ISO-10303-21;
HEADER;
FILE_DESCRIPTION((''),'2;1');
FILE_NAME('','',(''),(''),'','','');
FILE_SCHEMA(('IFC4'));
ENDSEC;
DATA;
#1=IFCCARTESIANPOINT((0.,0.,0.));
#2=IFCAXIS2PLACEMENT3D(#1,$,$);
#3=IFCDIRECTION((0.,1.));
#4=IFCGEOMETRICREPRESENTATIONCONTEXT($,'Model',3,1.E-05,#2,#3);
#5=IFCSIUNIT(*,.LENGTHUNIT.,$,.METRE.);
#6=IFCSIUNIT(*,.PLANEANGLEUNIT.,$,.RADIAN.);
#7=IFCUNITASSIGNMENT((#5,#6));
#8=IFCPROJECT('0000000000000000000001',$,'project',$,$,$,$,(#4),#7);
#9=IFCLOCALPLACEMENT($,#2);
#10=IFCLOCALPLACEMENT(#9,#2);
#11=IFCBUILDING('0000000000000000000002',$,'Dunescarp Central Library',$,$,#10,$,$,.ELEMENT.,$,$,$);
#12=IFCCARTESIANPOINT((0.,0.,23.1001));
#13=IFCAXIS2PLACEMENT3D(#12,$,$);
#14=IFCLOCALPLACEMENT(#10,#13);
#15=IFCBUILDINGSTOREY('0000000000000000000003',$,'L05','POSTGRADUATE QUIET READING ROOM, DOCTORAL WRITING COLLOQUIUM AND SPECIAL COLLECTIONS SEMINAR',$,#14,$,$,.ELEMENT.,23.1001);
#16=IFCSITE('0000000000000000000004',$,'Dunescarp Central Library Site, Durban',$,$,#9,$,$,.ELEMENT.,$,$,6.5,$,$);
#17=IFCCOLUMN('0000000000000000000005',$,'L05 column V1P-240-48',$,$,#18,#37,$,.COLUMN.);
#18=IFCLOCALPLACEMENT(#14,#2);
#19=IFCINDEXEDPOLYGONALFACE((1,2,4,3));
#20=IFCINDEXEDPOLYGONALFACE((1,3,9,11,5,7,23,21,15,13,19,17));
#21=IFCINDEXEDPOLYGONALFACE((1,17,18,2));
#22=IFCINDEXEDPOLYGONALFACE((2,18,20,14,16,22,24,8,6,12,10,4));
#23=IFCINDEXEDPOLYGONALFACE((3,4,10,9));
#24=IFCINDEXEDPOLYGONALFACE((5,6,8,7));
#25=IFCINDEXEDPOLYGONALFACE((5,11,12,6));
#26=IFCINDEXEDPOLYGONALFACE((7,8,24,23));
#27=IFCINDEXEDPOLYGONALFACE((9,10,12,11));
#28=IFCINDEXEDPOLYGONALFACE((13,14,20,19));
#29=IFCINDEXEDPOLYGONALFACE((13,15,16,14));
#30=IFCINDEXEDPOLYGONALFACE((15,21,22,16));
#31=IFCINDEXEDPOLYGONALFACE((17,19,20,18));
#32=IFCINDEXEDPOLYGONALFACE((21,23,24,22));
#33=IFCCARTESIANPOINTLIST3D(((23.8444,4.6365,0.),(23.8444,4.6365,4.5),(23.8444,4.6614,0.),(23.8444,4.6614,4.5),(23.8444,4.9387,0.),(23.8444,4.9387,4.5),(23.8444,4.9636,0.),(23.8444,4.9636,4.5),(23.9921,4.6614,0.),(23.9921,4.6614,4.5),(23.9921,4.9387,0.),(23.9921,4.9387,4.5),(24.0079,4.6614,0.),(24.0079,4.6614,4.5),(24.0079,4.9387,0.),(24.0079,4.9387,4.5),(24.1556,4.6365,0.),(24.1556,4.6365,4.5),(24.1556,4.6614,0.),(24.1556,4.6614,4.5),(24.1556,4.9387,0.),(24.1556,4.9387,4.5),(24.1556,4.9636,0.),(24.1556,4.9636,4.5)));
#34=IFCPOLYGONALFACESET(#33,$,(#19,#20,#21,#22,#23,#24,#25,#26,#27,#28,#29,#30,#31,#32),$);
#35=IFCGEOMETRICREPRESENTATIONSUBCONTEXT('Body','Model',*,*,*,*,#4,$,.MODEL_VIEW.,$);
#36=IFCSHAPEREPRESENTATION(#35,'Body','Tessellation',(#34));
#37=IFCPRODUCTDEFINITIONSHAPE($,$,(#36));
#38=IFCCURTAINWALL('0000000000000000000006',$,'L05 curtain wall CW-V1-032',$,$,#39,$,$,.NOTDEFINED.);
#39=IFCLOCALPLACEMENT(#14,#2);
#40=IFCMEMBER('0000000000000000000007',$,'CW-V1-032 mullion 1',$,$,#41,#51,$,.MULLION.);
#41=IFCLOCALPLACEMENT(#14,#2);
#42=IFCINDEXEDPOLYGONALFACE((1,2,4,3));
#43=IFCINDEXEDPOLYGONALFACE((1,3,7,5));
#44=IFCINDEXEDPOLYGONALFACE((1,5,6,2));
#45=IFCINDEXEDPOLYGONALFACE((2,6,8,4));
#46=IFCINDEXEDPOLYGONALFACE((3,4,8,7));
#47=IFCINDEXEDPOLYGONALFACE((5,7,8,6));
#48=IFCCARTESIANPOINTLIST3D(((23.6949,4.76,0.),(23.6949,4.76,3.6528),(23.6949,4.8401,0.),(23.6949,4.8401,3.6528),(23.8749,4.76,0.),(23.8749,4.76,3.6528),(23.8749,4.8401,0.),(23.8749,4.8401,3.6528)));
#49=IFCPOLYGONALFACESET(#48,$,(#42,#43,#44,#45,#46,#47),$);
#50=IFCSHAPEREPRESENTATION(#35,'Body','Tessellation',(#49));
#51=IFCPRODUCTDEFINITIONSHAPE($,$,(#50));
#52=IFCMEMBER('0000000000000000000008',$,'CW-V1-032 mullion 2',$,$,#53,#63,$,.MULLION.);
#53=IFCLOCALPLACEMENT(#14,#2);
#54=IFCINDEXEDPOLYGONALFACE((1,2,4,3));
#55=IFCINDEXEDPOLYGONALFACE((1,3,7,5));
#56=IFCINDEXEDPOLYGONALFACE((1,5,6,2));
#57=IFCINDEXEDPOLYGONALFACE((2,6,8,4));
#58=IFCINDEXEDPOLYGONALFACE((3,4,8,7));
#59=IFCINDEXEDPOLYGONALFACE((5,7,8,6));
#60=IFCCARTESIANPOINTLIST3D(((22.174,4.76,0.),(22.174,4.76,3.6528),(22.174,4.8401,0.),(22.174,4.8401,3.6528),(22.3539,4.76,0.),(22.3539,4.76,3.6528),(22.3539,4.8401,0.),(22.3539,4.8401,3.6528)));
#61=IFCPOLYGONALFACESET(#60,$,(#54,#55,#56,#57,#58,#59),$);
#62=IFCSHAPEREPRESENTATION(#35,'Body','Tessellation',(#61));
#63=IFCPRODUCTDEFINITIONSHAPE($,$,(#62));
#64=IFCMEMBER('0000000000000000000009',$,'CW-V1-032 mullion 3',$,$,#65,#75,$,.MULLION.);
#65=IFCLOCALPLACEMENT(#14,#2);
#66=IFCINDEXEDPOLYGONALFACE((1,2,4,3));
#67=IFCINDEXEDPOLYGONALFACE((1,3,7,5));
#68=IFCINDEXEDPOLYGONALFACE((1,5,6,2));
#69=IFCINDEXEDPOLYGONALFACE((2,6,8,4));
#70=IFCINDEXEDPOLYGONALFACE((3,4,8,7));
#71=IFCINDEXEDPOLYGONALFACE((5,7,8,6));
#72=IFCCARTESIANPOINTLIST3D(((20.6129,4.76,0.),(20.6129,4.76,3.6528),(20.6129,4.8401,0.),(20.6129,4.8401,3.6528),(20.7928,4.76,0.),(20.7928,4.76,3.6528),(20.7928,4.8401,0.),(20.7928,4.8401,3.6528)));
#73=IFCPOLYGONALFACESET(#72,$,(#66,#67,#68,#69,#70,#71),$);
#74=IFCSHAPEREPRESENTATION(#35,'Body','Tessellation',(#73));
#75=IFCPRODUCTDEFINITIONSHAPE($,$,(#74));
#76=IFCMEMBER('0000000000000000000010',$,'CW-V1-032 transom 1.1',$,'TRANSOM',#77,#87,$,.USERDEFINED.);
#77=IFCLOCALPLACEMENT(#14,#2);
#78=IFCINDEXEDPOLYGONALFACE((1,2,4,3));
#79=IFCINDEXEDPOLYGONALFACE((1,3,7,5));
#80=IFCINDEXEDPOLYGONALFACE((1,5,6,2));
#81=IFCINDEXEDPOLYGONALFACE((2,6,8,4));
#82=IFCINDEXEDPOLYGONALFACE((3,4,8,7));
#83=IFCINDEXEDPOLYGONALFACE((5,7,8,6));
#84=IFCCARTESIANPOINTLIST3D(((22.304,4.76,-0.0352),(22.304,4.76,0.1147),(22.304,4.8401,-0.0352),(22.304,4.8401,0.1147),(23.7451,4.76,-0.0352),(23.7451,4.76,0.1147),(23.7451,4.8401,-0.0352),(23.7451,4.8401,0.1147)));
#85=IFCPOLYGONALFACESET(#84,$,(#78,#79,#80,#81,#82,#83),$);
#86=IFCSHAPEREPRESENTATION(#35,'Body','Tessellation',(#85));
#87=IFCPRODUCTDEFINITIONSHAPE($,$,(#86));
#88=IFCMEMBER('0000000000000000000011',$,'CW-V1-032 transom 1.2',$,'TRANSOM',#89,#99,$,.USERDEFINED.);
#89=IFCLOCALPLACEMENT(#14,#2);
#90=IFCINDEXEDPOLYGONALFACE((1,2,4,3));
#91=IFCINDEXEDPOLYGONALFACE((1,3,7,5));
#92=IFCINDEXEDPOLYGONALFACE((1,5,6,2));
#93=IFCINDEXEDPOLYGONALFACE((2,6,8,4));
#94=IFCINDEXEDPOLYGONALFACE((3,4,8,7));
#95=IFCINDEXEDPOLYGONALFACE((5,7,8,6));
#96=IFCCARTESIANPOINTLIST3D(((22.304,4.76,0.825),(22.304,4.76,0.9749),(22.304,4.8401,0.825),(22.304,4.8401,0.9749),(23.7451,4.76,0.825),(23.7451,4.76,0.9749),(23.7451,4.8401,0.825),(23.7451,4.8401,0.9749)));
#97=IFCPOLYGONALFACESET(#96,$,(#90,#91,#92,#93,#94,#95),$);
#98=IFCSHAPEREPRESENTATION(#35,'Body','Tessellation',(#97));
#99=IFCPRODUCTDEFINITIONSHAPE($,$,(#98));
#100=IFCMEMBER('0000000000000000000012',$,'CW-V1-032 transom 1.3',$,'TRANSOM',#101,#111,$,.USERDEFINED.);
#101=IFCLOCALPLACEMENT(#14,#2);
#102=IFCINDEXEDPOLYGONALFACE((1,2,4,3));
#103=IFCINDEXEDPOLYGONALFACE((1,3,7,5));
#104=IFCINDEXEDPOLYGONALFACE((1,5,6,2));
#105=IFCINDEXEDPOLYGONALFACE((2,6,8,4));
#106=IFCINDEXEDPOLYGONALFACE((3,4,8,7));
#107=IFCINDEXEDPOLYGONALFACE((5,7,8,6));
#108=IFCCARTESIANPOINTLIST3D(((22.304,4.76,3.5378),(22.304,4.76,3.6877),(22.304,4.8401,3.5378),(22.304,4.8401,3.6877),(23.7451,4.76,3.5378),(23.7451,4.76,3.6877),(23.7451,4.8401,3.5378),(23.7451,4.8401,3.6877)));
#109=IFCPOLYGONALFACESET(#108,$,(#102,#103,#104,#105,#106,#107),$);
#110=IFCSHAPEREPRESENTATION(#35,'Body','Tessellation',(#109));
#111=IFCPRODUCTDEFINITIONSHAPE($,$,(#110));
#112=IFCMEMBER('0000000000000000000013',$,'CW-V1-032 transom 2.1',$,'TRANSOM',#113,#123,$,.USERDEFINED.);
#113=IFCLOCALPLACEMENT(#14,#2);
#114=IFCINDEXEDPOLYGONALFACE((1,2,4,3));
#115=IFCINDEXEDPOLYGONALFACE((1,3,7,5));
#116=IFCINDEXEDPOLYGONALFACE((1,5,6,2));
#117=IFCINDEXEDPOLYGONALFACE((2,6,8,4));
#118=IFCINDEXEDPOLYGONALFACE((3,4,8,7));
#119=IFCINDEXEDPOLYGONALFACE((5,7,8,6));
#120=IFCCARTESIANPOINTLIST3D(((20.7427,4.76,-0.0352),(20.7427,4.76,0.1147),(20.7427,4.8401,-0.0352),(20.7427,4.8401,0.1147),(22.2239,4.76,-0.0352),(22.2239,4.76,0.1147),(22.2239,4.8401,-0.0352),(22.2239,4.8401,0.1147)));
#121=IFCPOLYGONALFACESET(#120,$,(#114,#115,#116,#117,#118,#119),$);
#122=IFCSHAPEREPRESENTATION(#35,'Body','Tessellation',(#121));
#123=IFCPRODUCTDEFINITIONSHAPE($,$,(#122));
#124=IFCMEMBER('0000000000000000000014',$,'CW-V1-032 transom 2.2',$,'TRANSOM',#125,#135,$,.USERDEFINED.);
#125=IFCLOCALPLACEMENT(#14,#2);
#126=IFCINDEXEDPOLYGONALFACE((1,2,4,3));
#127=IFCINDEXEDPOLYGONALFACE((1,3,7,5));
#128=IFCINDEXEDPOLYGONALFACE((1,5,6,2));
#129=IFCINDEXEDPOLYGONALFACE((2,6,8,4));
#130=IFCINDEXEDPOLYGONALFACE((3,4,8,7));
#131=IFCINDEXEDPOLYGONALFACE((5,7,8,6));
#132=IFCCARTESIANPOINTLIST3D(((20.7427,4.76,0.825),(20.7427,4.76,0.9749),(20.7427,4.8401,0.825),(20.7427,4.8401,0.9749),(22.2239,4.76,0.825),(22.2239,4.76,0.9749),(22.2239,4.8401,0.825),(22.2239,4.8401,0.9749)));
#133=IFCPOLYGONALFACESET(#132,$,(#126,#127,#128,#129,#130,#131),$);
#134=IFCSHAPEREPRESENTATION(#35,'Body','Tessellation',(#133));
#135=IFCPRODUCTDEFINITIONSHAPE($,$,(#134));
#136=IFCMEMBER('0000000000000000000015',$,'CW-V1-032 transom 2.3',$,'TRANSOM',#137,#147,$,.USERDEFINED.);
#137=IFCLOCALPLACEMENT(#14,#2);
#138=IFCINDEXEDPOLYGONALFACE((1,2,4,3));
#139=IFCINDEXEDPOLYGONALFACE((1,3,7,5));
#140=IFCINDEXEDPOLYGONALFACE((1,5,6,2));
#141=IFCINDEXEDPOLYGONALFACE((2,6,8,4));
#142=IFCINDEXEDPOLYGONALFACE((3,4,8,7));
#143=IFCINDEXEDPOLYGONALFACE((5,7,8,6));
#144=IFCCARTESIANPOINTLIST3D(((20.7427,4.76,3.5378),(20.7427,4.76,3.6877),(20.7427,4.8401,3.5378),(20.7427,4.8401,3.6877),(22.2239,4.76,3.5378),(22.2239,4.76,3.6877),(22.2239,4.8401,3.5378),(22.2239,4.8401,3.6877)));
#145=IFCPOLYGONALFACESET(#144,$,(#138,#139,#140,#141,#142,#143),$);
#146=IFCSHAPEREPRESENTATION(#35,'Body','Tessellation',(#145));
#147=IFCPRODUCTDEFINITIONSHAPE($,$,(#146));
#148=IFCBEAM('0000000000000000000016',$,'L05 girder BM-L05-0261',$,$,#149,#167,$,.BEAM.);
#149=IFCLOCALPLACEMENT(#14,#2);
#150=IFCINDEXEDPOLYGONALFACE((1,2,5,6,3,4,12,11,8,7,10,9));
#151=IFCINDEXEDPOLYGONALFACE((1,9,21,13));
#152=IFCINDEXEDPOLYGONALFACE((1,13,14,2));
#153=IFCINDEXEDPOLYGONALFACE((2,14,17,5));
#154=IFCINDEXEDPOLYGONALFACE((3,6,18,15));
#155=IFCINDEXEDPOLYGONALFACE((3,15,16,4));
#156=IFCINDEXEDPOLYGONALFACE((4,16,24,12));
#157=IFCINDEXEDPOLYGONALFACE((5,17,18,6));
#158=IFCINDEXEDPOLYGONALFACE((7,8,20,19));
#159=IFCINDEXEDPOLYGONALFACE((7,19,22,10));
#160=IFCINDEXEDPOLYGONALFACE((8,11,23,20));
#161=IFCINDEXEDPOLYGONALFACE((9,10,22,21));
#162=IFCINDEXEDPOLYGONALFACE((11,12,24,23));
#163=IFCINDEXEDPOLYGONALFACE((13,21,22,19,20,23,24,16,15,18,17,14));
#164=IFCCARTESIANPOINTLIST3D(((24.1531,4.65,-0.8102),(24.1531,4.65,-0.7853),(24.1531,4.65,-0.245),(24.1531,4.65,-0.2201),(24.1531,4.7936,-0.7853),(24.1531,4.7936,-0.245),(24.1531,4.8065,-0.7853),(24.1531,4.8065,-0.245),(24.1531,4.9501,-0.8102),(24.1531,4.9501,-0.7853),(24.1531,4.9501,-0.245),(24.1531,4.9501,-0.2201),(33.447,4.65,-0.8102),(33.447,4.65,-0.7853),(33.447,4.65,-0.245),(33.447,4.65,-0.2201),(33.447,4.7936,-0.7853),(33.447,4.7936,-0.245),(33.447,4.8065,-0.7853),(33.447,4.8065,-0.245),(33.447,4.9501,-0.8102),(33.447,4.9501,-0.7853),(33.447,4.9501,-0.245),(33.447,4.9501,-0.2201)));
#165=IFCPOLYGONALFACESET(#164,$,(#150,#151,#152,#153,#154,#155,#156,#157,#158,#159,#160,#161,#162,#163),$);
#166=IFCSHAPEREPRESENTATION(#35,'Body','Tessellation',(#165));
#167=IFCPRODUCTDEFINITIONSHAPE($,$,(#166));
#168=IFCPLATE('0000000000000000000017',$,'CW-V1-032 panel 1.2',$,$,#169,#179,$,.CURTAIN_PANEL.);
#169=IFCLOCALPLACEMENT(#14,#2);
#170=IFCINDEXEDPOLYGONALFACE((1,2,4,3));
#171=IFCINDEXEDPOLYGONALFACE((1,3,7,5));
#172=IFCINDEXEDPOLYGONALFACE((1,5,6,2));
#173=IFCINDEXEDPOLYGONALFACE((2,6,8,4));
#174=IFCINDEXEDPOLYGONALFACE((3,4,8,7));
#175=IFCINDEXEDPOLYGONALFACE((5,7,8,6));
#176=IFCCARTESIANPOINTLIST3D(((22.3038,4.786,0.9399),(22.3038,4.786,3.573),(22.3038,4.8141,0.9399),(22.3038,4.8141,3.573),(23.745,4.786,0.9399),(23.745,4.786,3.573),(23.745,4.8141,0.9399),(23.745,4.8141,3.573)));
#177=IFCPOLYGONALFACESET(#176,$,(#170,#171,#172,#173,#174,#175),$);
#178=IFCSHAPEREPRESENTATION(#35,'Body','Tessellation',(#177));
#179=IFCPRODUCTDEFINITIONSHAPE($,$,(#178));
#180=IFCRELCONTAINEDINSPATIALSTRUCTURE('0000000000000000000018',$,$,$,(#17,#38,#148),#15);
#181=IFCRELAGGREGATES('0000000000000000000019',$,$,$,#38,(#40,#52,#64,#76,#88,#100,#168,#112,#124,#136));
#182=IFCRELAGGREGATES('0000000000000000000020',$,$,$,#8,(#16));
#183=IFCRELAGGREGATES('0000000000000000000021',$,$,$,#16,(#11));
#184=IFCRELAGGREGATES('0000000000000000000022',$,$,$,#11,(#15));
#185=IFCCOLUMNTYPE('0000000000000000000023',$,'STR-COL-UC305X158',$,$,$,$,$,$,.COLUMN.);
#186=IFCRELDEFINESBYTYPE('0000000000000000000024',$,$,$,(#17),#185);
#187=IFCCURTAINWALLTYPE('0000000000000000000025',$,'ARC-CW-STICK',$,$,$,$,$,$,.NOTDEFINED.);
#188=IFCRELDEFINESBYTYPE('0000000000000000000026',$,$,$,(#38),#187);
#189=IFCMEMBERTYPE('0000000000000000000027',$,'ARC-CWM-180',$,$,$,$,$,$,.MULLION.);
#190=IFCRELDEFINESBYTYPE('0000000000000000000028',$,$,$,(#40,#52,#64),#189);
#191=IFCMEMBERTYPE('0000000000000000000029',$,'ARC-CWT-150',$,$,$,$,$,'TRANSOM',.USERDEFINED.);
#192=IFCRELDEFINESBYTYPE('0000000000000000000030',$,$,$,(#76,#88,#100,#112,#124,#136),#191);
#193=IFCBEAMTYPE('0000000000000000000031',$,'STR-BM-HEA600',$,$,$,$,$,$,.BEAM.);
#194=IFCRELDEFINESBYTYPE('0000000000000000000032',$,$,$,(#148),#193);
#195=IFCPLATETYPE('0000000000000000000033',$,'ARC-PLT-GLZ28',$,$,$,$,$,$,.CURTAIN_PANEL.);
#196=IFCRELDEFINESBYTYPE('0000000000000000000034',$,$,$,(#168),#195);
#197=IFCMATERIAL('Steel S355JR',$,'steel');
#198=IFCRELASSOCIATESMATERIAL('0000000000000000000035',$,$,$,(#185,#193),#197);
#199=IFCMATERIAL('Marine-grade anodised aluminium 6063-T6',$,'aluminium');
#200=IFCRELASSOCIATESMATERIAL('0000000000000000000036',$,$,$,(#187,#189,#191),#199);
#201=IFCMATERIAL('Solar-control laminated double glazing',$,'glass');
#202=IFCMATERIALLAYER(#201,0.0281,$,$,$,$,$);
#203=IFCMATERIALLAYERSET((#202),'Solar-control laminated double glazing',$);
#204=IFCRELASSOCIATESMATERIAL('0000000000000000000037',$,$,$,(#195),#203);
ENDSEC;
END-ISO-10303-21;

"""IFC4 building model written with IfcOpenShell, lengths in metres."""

from ifc_helpers import new_model, si_unit, direction, frame, origin, origin_2d, place, context, subcontext, project, spatial, rectangle, i_section, extrude, material, layer, layer_set, material_profile, profile_set, type_object, element, aggregate, save


model = new_model("IFC4")

# Units and contexts
model_context = context("Model", 3, precision=1e-05, world=origin(), true_north=direction((0.0, 1.0)))
body_context = subcontext(model_context, "Body", "Model", "MODEL_VIEW")
ifc_project = project(units=[si_unit("LENGTHUNIT", "METRE"), si_unit("PLANEANGLEUNIT", "RADIAN")], contexts=[model_context])

# Site, building, storey
site_placement = place(None, origin())
site = spatial("IfcSite", under=ifc_project, at=site_placement, Name="Dunescarp Central Library Site, Durban", CompositionType="ELEMENT", RefElevation=6.5)
building_placement = place(site_placement, origin())
building = spatial("IfcBuilding", under=site, at=building_placement, Name="Dunescarp Central Library", CompositionType="ELEMENT")
storey_placement = place(building_placement, frame((0.0, 0.0, 23.1001)))
storey = spatial("IfcBuildingStorey", under=building, at=storey_placement, Name="L05", Description="POSTGRADUATE QUIET READING ROOM, DOCTORAL WRITING COLLOQUIUM AND SPECIAL COLLECTIONS SEMINAR", CompositionType="ELEMENT", Elevation=23.1001)

# Column
ifc_material_1 = material(Name="Steel S355JR", Category="steel")
ifc_material_profile_1 = material_profile(ifc_material_1, i_section(OverallWidth=0.3113, OverallDepth=0.3271, WebThickness=0.0159, FlangeThickness=0.0249, at=origin_2d()), Name="UC 305x305x158")
ifc_profile_set_1 = profile_set([ifc_material_profile_1], Name="Steel S355JR")
column_type = type_object("IfcColumnType", Name="STR-COL-UC305X158", PredefinedType="COLUMN", material=ifc_profile_set_1)
column_placement = place(storey_placement, frame((24.0, 4.8, 0.0), z_axis=(0.0, 0.0, 1.0), x_axis=(1.0, 0.0, 0.0)))
element("IfcColumn", 1, at=column_placement, inside=storey, type_object=column_type, Name="L05 column V1P-240-48", PredefinedType="COLUMN", context=body_context, shape_type="SweptSolid", body=[
    extrude(i_section(OverallWidth=0.3113, OverallDepth=0.3271, WebThickness=0.0159, FlangeThickness=0.0249, at=origin_2d()), origin(), (0.0, 0.0, 1.0), 4.5),
])

# Curtain wall, members
ifc_material_2 = material(Name="Marine-grade anodised aluminium 6063-T6", Category="aluminium")
curtain_wall_type = type_object("IfcCurtainWallType", Name="ARC-CW-STICK", PredefinedType="NOTDEFINED", material=ifc_material_2)
curtain_wall_placement = place(storey_placement, origin())
curtain_wall = element("IfcCurtainWall", 2, at=curtain_wall_placement, inside=storey, type_object=curtain_wall_type, Name="L05 curtain wall CW-V1-032", PredefinedType="NOTDEFINED")
ifc_material_profile_2 = material_profile(ifc_material_2, rectangle(XDim=0.0801, YDim=0.1799, at=origin_2d()), Name="AL 80x180")
ifc_profile_set_2 = profile_set([ifc_material_profile_2], Name="Marine-grade anodised aluminium 6063-T6")
member_type_1 = type_object("IfcMemberType", Name="ARC-CWM-180", PredefinedType="MULLION", material=ifc_profile_set_2)
member_1_placement = place(storey_placement, frame((23.7849, 4.8, 0.0), z_axis=(0.0, 0.0, 1.0), x_axis=(0.0, -1.0, 0.0)))
member_1 = element("IfcMember", 3, at=member_1_placement, type_object=member_type_1, Name="CW-V1-032 mullion 1", PredefinedType="MULLION", context=body_context, shape_type="SweptSolid", body=[
    extrude(rectangle(XDim=0.0801, YDim=0.1799, at=origin_2d()), origin(), (0.0, 0.0, 1.0), 3.6528),
])
member_2_placement = place(storey_placement, frame((22.2639, 4.8, 0.0), z_axis=(0.0, 0.0, 1.0), x_axis=(0.0, -1.0, 0.0)))
member_2 = element("IfcMember", 4, at=member_2_placement, type_object=member_type_1, Name="CW-V1-032 mullion 2", PredefinedType="MULLION", context=body_context, shape_type="SweptSolid", body=[
    extrude(rectangle(XDim=0.0801, YDim=0.1799, at=origin_2d()), origin(), (0.0, 0.0, 1.0), 3.6528),
])
member_3_placement = place(storey_placement, frame((20.7029, 4.8, 0.0), z_axis=(0.0, 0.0, 1.0), x_axis=(0.0, -1.0, 0.0)))
member_3 = element("IfcMember", 5, at=member_3_placement, type_object=member_type_1, Name="CW-V1-032 mullion 3", PredefinedType="MULLION", context=body_context, shape_type="SweptSolid", body=[
    extrude(rectangle(XDim=0.0801, YDim=0.1799, at=origin_2d()), origin(), (0.0, 0.0, 1.0), 3.6528),
])
ifc_material_profile_3 = material_profile(ifc_material_2, rectangle(XDim=0.0801, YDim=0.1499, at=origin_2d()), Name="AL 80x150")
ifc_profile_set_3 = profile_set([ifc_material_profile_3], Name="Marine-grade anodised aluminium 6063-T6")
member_type_2 = type_object("IfcMemberType", Name="ARC-CWT-150", ElementType="TRANSOM", PredefinedType="USERDEFINED", material=ifc_profile_set_3)
member_4_placement = place(storey_placement, frame((23.7451, 4.8, 0.0398), z_axis=(-1.0, 0.0, 0.0), x_axis=(0.0, -1.0, 0.0)))
member_4 = element("IfcMember", 6, at=member_4_placement, type_object=member_type_2, Name="CW-V1-032 transom 1.1", ObjectType="TRANSOM", PredefinedType="USERDEFINED", context=body_context, shape_type="SweptSolid", body=[
    extrude(rectangle(XDim=0.0801, YDim=0.1499, at=origin_2d()), origin(), (0.0, 0.0, 1.0), 1.4412),
])
member_5_placement = place(storey_placement, frame((23.7451, 4.8, 0.8999), z_axis=(-1.0, 0.0, 0.0), x_axis=(0.0, -1.0, 0.0)))
member_5 = element("IfcMember", 7, at=member_5_placement, type_object=member_type_2, Name="CW-V1-032 transom 1.2", ObjectType="TRANSOM", PredefinedType="USERDEFINED", context=body_context, shape_type="SweptSolid", body=[
    extrude(rectangle(XDim=0.0801, YDim=0.1499, at=origin_2d()), origin(), (0.0, 0.0, 1.0), 1.4412),
])
member_6_placement = place(storey_placement, frame((23.7451, 4.8, 3.6128), z_axis=(-1.0, 0.0, 0.0), x_axis=(0.0, -1.0, 0.0)))
member_6 = element("IfcMember", 8, at=member_6_placement, type_object=member_type_2, Name="CW-V1-032 transom 1.3", ObjectType="TRANSOM", PredefinedType="USERDEFINED", context=body_context, shape_type="SweptSolid", body=[
    extrude(rectangle(XDim=0.0801, YDim=0.1499, at=origin_2d()), origin(), (0.0, 0.0, 1.0), 1.4412),
])
member_7_placement = place(storey_placement, frame((22.2239, 4.8, 0.0398), z_axis=(-1.0, 0.0, 0.0), x_axis=(0.0, -1.0, 0.0)))
member_7 = element("IfcMember", 9, at=member_7_placement, type_object=member_type_2, Name="CW-V1-032 transom 2.1", ObjectType="TRANSOM", PredefinedType="USERDEFINED", context=body_context, shape_type="SweptSolid", body=[
    extrude(rectangle(XDim=0.0801, YDim=0.1499, at=origin_2d()), origin(), (0.0, 0.0, 1.0), 1.4812),
])
member_8_placement = place(storey_placement, frame((22.2239, 4.8, 0.8999), z_axis=(-1.0, 0.0, 0.0), x_axis=(0.0, -1.0, 0.0)))
member_8 = element("IfcMember", 10, at=member_8_placement, type_object=member_type_2, Name="CW-V1-032 transom 2.2", ObjectType="TRANSOM", PredefinedType="USERDEFINED", context=body_context, shape_type="SweptSolid", body=[
    extrude(rectangle(XDim=0.0801, YDim=0.1499, at=origin_2d()), origin(), (0.0, 0.0, 1.0), 1.4812),
])
member_9_placement = place(storey_placement, frame((22.2239, 4.8, 3.6128), z_axis=(-1.0, 0.0, 0.0), x_axis=(0.0, -1.0, 0.0)))
member_9 = element("IfcMember", 11, at=member_9_placement, type_object=member_type_2, Name="CW-V1-032 transom 2.3", ObjectType="TRANSOM", PredefinedType="USERDEFINED", context=body_context, shape_type="SweptSolid", body=[
    extrude(rectangle(XDim=0.0801, YDim=0.1499, at=origin_2d()), origin(), (0.0, 0.0, 1.0), 1.4812),
])

# Beam
ifc_material_profile_4 = material_profile(ifc_material_1, i_section(OverallWidth=0.3, OverallDepth=0.5901, WebThickness=0.0129, FlangeThickness=0.0249, at=origin_2d()), Name="HEA 600")
ifc_profile_set_4 = profile_set([ifc_material_profile_4], Name="Steel S355JR")
beam_type = type_object("IfcBeamType", Name="STR-BM-HEA600", PredefinedType="BEAM", material=ifc_profile_set_4)
beam_placement = place(storey_placement, frame((24.1531, 4.8, -0.5151), z_axis=(1.0, 0.0, 0.0), x_axis=(0.0, 1.0, 0.0)))
element("IfcBeam", 12, at=beam_placement, inside=storey, type_object=beam_type, Name="L05 girder BM-L05-0261", PredefinedType="BEAM", context=body_context, shape_type="SweptSolid", body=[
    extrude(i_section(OverallWidth=0.3, OverallDepth=0.5901, WebThickness=0.0129, FlangeThickness=0.0249, at=origin_2d()), origin(), (0.0, 0.0, 1.0), 9.2939),
])

# Plate
ifc_material_3 = material(Name="Solar-control laminated double glazing", Category="glass")
ifc_layer_1 = layer(ifc_material_3, 0.0281)
ifc_layer_set_1 = layer_set([ifc_layer_1], Name="Solar-control laminated double glazing")
plate_type_1 = type_object("IfcPlateType", Name="ARC-PLT-GLZ28", PredefinedType="CURTAIN_PANEL", material=ifc_layer_set_1)
plate_1_placement = place(storey_placement, frame((23.0244, 4.8, 0.9399), z_axis=(0.0, 0.0, 1.0), x_axis=(-1.0, 0.0, 0.0)))
plate_1 = element("IfcPlate", 13, at=plate_1_placement, type_object=plate_type_1, Name="CW-V1-032 panel 1.2", PredefinedType="CURTAIN_PANEL", context=body_context, shape_type="SweptSolid", body=[
    extrude(rectangle(XDim=1.4412, YDim=0.0281, at=origin_2d()), origin(), (0.0, 0.0, 1.0), 2.6331),
])
aggregate(curtain_wall, [member_1, member_2, member_3, member_4, member_5, member_6, plate_1, member_7, member_8, member_9])

save(model, "model.ifc")
